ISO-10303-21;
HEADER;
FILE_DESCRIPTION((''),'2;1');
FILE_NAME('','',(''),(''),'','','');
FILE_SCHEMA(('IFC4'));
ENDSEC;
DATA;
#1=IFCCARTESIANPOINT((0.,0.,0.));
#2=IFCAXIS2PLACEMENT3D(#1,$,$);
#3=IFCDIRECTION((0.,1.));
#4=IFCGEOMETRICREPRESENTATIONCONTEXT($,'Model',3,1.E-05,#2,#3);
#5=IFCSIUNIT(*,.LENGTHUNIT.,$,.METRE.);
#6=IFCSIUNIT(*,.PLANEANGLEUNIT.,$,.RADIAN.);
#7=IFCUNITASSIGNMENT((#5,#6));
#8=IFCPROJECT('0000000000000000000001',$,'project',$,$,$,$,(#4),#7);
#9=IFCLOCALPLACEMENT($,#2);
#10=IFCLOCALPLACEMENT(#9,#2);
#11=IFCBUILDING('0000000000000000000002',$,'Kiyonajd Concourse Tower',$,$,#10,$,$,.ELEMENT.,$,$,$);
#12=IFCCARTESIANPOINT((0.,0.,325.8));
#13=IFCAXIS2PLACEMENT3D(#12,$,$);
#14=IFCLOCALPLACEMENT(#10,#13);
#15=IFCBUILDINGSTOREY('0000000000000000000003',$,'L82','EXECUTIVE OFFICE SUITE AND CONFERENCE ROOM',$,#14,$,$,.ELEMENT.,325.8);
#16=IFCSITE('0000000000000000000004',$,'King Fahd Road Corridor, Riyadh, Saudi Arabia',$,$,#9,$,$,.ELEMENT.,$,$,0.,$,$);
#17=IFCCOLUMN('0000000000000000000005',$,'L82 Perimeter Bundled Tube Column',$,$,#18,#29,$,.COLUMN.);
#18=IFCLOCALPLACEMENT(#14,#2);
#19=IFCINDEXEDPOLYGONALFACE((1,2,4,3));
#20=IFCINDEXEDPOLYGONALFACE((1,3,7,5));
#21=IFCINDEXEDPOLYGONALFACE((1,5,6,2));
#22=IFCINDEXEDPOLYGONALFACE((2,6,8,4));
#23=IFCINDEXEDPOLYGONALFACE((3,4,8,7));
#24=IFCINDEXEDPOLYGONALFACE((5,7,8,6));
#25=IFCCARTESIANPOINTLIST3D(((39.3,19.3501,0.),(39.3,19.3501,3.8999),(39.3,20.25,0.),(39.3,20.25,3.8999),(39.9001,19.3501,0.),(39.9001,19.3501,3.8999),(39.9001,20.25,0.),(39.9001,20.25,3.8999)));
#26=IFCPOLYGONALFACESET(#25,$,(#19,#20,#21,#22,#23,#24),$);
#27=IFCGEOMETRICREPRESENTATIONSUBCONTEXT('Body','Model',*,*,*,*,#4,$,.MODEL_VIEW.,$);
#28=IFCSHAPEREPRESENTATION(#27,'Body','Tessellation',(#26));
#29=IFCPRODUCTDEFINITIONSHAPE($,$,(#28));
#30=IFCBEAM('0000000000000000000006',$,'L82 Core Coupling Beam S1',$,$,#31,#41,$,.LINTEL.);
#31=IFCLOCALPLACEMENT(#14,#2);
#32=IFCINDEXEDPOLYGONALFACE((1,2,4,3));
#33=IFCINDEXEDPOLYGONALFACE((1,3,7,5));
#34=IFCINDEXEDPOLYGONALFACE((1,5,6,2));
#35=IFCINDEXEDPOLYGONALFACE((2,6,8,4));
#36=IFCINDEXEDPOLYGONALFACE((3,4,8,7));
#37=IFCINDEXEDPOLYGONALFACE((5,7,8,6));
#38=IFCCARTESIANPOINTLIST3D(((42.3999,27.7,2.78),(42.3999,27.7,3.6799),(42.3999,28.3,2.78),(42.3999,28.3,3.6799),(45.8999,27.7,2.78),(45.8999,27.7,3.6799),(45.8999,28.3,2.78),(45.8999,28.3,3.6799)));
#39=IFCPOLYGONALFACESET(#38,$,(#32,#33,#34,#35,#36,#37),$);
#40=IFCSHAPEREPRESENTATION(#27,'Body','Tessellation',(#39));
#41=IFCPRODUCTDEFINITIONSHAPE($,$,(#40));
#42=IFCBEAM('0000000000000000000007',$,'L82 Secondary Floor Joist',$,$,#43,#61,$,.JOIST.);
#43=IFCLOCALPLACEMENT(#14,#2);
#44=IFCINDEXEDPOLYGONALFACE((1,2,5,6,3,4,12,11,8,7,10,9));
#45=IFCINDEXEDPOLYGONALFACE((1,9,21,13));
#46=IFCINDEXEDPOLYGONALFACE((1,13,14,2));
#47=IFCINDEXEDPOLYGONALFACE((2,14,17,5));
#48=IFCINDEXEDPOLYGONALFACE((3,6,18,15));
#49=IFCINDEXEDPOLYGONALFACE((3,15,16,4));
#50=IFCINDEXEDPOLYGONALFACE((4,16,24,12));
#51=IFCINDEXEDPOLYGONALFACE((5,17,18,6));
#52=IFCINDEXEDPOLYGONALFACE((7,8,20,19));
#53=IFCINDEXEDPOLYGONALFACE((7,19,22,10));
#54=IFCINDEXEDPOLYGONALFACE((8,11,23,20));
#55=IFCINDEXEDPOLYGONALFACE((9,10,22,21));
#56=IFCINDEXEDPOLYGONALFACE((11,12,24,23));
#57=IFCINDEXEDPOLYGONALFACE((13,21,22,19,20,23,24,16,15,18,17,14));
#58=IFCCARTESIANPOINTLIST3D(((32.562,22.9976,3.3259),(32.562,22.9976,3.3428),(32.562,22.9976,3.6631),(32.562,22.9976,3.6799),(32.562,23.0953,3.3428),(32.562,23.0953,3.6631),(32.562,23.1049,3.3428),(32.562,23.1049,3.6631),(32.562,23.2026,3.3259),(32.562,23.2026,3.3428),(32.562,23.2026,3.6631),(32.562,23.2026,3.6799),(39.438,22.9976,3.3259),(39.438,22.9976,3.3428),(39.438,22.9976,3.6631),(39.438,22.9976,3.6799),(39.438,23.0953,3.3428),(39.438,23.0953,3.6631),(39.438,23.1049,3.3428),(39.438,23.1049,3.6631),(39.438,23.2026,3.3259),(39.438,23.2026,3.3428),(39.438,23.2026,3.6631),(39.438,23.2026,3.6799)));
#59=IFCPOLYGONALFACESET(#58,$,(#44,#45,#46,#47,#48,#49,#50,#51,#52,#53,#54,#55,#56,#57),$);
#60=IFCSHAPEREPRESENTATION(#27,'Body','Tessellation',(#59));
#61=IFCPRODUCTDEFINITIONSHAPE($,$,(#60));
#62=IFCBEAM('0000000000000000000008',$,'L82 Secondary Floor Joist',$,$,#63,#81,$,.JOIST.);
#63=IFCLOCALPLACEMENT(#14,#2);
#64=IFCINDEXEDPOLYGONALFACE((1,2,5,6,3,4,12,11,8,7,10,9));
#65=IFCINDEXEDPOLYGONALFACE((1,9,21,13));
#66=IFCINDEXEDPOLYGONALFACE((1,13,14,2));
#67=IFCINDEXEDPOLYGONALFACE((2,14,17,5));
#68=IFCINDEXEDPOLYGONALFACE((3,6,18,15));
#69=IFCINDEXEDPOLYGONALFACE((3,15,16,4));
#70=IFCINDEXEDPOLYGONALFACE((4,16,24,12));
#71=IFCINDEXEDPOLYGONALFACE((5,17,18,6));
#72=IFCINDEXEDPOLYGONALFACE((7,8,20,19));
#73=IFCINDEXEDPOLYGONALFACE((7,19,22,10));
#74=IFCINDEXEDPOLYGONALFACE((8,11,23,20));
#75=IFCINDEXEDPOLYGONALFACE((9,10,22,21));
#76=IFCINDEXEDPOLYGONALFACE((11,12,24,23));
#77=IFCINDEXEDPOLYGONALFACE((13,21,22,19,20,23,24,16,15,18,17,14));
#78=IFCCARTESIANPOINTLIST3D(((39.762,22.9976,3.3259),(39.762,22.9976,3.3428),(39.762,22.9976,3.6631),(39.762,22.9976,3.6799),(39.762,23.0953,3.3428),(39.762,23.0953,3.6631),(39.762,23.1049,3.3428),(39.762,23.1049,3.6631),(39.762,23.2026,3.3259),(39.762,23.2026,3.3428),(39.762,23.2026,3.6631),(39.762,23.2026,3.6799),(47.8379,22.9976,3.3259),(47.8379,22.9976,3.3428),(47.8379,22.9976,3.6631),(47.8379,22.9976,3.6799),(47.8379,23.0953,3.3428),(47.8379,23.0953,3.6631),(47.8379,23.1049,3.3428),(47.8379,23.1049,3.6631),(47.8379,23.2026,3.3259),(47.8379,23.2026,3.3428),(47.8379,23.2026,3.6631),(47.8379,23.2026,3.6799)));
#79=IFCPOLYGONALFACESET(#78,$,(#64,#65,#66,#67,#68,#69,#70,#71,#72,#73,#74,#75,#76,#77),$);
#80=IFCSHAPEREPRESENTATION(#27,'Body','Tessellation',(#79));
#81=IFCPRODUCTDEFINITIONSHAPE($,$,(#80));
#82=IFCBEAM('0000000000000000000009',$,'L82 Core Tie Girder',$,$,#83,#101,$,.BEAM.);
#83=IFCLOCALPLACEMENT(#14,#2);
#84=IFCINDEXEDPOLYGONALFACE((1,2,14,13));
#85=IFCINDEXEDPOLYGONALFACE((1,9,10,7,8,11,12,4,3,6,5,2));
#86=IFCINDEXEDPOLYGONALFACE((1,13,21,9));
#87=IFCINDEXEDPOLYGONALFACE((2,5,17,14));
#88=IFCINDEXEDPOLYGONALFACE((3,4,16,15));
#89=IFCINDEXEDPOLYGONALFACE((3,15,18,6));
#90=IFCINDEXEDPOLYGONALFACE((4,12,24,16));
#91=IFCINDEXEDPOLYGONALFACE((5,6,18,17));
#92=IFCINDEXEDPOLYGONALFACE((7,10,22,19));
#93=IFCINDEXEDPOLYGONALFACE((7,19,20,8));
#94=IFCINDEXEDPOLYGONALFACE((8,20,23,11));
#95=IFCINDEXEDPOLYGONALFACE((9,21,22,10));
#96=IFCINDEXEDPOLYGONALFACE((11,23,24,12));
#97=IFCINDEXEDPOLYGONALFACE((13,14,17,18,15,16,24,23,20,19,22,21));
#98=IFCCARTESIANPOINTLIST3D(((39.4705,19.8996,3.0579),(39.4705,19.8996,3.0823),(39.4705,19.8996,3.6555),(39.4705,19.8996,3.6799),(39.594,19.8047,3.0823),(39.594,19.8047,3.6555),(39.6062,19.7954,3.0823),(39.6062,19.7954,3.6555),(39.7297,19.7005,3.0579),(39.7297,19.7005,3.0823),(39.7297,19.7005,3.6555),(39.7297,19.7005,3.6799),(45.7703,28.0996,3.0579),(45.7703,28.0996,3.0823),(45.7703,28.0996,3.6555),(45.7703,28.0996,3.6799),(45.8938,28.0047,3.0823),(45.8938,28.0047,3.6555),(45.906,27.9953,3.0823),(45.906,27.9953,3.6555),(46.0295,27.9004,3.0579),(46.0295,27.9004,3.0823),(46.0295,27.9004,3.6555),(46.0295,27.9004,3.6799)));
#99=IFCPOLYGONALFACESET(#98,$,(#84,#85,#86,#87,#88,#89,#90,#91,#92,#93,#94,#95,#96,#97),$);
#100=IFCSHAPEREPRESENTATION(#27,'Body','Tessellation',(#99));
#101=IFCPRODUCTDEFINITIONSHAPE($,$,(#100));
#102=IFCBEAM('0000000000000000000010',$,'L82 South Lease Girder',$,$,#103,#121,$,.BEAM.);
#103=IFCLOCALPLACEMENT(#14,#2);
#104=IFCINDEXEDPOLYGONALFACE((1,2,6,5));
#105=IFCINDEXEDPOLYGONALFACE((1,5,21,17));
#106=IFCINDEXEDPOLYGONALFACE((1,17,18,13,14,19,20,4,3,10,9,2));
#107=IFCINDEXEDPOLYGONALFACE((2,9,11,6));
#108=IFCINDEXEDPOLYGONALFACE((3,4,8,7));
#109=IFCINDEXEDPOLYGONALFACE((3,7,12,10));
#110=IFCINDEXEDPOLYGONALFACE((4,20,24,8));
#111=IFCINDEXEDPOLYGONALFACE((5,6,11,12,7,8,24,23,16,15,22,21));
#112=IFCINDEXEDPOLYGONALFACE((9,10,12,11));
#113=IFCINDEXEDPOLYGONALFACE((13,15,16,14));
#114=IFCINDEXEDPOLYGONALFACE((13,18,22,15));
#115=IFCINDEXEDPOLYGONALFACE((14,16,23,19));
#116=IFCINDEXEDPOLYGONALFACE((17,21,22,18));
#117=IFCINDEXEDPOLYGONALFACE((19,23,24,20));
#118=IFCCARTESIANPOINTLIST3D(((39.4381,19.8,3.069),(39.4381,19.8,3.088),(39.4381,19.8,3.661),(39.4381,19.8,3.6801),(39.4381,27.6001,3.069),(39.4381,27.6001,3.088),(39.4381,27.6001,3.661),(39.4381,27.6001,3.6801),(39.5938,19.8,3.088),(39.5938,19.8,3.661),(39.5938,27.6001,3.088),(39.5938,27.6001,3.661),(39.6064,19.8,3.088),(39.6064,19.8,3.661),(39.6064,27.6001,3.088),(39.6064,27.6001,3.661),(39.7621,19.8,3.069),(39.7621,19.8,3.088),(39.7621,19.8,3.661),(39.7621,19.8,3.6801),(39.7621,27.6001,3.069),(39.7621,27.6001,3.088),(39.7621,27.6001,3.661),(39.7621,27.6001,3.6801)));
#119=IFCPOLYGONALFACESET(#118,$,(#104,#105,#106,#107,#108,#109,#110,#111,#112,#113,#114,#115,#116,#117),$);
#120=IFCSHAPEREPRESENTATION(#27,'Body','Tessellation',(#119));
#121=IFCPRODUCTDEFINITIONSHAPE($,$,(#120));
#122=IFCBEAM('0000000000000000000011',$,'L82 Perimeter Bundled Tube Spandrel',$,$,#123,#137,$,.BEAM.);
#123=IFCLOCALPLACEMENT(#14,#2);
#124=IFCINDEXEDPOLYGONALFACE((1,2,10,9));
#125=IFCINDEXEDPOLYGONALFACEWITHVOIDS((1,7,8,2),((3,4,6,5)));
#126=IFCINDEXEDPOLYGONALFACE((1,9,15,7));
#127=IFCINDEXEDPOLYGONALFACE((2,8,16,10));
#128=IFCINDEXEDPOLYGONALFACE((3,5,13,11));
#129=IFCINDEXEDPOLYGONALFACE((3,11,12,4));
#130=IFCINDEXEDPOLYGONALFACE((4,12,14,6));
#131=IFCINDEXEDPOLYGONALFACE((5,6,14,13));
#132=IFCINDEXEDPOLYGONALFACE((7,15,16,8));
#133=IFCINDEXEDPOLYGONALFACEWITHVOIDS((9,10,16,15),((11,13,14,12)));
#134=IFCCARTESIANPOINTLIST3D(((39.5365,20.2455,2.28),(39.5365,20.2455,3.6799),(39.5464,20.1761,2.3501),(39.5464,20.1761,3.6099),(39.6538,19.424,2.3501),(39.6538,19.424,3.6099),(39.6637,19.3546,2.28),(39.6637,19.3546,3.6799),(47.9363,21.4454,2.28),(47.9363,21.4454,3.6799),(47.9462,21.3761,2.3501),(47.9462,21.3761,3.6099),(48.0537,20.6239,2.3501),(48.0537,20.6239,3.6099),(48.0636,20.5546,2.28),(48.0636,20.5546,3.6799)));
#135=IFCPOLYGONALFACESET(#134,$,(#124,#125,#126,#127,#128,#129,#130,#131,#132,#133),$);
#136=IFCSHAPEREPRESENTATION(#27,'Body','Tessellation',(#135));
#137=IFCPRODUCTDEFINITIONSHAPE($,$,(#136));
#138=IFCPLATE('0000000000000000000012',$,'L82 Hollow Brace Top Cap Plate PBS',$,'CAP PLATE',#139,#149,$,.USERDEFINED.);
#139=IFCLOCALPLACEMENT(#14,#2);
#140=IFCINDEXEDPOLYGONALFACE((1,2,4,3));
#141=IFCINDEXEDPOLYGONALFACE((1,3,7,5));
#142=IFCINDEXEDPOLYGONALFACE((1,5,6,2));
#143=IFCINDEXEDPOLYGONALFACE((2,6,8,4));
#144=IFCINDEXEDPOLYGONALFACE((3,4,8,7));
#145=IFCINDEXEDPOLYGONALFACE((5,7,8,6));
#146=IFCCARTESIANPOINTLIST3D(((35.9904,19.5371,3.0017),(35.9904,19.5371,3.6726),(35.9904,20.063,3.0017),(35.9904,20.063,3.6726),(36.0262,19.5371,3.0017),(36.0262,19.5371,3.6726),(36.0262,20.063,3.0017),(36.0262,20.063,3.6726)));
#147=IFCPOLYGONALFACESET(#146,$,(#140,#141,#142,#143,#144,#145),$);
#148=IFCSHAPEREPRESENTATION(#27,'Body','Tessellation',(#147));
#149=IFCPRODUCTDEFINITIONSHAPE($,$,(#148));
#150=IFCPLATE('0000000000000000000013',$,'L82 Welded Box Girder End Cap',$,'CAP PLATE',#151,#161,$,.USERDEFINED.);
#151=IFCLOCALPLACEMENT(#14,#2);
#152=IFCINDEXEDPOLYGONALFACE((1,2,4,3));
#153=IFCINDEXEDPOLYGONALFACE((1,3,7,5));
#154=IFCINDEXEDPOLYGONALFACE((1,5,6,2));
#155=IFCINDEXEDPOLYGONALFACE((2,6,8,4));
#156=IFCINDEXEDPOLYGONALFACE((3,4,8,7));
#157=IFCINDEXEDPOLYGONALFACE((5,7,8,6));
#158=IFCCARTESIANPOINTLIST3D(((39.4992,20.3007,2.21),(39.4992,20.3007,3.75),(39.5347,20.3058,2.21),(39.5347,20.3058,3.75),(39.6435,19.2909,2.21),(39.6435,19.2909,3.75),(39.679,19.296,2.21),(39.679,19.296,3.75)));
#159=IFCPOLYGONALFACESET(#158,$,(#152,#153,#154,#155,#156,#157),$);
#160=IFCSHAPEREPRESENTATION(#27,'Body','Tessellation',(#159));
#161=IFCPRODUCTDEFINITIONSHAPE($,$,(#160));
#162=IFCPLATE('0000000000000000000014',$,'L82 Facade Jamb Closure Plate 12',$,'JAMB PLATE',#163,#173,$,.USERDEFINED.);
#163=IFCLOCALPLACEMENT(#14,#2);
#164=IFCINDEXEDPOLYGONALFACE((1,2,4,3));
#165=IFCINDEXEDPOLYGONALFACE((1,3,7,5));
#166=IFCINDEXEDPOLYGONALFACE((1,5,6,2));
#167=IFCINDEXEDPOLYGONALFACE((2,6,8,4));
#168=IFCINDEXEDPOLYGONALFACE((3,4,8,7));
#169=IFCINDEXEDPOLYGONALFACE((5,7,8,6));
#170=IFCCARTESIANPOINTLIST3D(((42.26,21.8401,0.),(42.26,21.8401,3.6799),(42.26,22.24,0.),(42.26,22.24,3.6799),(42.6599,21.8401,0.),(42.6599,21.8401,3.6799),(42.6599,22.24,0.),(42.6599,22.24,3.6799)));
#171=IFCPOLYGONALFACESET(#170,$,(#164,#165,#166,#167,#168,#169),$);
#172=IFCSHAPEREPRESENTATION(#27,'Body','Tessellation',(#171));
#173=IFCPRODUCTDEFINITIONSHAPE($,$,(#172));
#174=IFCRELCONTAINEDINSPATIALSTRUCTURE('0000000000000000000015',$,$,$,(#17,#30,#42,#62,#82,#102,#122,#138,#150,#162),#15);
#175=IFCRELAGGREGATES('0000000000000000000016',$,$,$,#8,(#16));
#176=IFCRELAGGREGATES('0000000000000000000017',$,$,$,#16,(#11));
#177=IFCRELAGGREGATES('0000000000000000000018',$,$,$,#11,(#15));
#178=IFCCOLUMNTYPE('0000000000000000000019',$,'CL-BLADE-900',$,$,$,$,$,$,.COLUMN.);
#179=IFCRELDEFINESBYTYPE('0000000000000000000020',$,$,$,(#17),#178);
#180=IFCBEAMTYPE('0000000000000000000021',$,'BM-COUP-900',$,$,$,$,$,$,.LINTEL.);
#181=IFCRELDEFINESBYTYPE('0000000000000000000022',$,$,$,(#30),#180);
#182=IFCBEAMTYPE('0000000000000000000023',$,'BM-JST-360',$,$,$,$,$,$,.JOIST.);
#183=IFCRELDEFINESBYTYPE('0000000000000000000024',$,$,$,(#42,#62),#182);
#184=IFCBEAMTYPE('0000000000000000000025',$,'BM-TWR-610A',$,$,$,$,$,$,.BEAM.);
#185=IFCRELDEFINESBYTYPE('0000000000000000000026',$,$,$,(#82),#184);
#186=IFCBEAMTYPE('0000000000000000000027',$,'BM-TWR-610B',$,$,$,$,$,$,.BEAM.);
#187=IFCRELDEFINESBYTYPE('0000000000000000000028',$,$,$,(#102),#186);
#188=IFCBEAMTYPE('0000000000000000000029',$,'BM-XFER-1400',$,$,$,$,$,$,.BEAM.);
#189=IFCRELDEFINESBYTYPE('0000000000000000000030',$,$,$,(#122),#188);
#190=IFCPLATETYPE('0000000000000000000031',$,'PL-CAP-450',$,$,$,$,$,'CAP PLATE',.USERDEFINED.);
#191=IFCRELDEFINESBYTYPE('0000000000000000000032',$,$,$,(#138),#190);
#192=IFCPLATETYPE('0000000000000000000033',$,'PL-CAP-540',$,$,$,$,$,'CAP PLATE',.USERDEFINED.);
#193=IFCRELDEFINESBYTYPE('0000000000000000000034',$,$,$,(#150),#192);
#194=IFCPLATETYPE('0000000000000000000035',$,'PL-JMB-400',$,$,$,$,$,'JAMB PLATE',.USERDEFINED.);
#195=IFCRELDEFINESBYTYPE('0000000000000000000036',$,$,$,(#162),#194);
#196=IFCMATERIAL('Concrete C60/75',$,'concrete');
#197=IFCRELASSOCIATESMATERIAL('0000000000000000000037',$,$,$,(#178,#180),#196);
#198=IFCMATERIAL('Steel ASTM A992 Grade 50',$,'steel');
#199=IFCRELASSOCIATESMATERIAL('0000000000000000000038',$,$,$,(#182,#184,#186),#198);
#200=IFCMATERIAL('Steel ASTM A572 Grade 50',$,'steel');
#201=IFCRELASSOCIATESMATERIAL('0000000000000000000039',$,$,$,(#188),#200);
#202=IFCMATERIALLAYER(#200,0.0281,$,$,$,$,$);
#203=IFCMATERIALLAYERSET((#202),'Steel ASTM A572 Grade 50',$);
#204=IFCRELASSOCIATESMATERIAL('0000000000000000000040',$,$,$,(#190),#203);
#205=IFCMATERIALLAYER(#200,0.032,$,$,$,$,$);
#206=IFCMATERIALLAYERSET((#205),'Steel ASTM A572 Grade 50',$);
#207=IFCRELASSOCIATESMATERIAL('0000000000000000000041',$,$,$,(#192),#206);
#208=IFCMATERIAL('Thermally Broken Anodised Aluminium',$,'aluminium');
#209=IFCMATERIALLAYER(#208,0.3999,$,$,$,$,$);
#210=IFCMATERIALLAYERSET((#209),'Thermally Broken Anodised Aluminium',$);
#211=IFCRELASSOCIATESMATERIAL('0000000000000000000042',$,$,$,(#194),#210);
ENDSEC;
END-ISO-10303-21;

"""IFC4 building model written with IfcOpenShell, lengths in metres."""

from ifc_helpers import new_model, si_unit, direction, frame, origin, origin_2d, place, context, subcontext, project, spatial, rectangle, hollow_rectangle, i_section, extrude, material, layer, layer_set, material_profile, profile_set, type_object, element, save


model = new_model("IFC4")

# Units and contexts
model_context = context("Model", 3, precision=1e-05, world=origin(), true_north=direction((0.0, 1.0)))
body_context = subcontext(model_context, "Body", "Model", "MODEL_VIEW")
ifc_project = project(units=[si_unit("LENGTHUNIT", "METRE"), si_unit("PLANEANGLEUNIT", "RADIAN")], contexts=[model_context])

# Site, building, storey
site_placement = place(None, origin())
site = spatial("IfcSite", under=ifc_project, at=site_placement, Name="King Fahd Road Corridor, Riyadh, Saudi Arabia", CompositionType="ELEMENT", RefElevation=0.0)
building_placement = place(site_placement, origin())
building = spatial("IfcBuilding", under=site, at=building_placement, Name="Kiyonajd Concourse Tower", CompositionType="ELEMENT")
storey_placement = place(building_placement, frame((0.0, 0.0, 325.8)))
storey = spatial("IfcBuildingStorey", under=building, at=storey_placement, Name="L82", Description="EXECUTIVE OFFICE SUITE AND CONFERENCE ROOM", CompositionType="ELEMENT", Elevation=325.8)

# Column
ifc_material_1 = material(Name="Concrete C60/75", Category="concrete")
ifc_material_profile_1 = material_profile(ifc_material_1, rectangle(XDim=0.6001, YDim=0.8999, at=origin_2d()), Name="RC-900x600")
ifc_profile_set_1 = profile_set([ifc_material_profile_1], Name="Concrete C60/75")
column_type = type_object("IfcColumnType", Name="CL-BLADE-900", PredefinedType="COLUMN", material=ifc_profile_set_1)
column_placement = place(storey_placement, frame((39.6001, 19.8, 0.0), z_axis=(0.0, 0.0, 1.0), x_axis=(1.0, 0.0, 0.0)))
element("IfcColumn", 1, at=column_placement, inside=storey, type_object=column_type, Name="L82 Perimeter Bundled Tube Column", PredefinedType="COLUMN", context=body_context, shape_type="SweptSolid", body=[
    extrude(rectangle(XDim=0.6001, YDim=0.8999, at=origin_2d()), origin(), (0.0, 0.0, 1.0), 3.8999),
])

# Beams
ifc_material_profile_2 = material_profile(ifc_material_1, rectangle(XDim=0.6001, YDim=0.8999, at=origin_2d()), Name="RCBM-600x900")
ifc_profile_set_2 = profile_set([ifc_material_profile_2], Name="Concrete C60/75")
beam_type_1 = type_object("IfcBeamType", Name="BM-COUP-900", PredefinedType="LINTEL", material=ifc_profile_set_2)
beam_1_placement = place(storey_placement, frame((42.3999, 28.0, 3.23), z_axis=(1.0, 0.0, 0.0), x_axis=(0.0, 1.0, 0.0)))
element("IfcBeam", 2, at=beam_1_placement, inside=storey, type_object=beam_type_1, Name="L82 Core Coupling Beam S1", PredefinedType="LINTEL", context=body_context, shape_type="SweptSolid", body=[
    extrude(rectangle(XDim=0.6001, YDim=0.8999, at=origin_2d()), origin(), (0.0, 0.0, 1.0), 3.5),
])
ifc_material_2 = material(Name="Steel ASTM A992 Grade 50", Category="steel")
ifc_material_profile_3 = material_profile(ifc_material_2, i_section(OverallWidth=0.2051, OverallDepth=0.354, WebThickness=0.0095, FlangeThickness=0.0168, at=origin_2d()), Name="W360X79")
ifc_profile_set_3 = profile_set([ifc_material_profile_3], Name="Steel ASTM A992 Grade 50")
beam_type_2 = type_object("IfcBeamType", Name="BM-JST-360", PredefinedType="JOIST", material=ifc_profile_set_3)
beam_2_placement = place(storey_placement, frame((32.562, 23.1001, 3.5029), z_axis=(1.0, 0.0, 0.0), x_axis=(0.0, 1.0, 0.0)))
element("IfcBeam", 3, at=beam_2_placement, inside=storey, type_object=beam_type_2, Name="L82 Secondary Floor Joist", PredefinedType="JOIST", context=body_context, shape_type="SweptSolid", body=[
    extrude(i_section(OverallWidth=0.2051, OverallDepth=0.354, WebThickness=0.0095, FlangeThickness=0.0168, at=origin_2d()), origin(), (0.0, 0.0, 1.0), 6.876),
])
beam_3_placement = place(storey_placement, frame((39.762, 23.1001, 3.5029), z_axis=(1.0, 0.0, 0.0), x_axis=(0.0, 1.0, 0.0)))
element("IfcBeam", 4, at=beam_3_placement, inside=storey, type_object=beam_type_2, Name="L82 Secondary Floor Joist", PredefinedType="JOIST", context=body_context, shape_type="SweptSolid", body=[
    extrude(i_section(OverallWidth=0.2051, OverallDepth=0.354, WebThickness=0.0095, FlangeThickness=0.0168, at=origin_2d()), origin(), (0.0, 0.0, 1.0), 8.0759),
])
ifc_material_profile_4 = material_profile(ifc_material_2, i_section(OverallWidth=0.3269, OverallDepth=0.6221, WebThickness=0.0154, FlangeThickness=0.0244, at=origin_2d()), Name="W610X195")
ifc_profile_set_4 = profile_set([ifc_material_profile_4], Name="Steel ASTM A992 Grade 50")
beam_type_3 = type_object("IfcBeamType", Name="BM-TWR-610A", PredefinedType="BEAM", material=ifc_profile_set_4)
beam_4_placement = place(storey_placement, frame((39.6001, 19.8, 3.3689), z_axis=(0.609234, 0.792991, 0.0), x_axis=(-0.792991, 0.609234, 0.0)))
element("IfcBeam", 5, at=beam_4_placement, inside=storey, type_object=beam_type_3, Name="L82 Core Tie Girder", PredefinedType="BEAM", context=body_context, shape_type="SweptSolid", body=[
    extrude(i_section(OverallWidth=0.3269, OverallDepth=0.6221, WebThickness=0.0154, FlangeThickness=0.0244, at=origin_2d()), origin(), (0.0, 0.0, 1.0), 10.3406),
])
ifc_material_profile_5 = material_profile(ifc_material_2, i_section(OverallWidth=0.324, OverallDepth=0.6111, WebThickness=0.0127, FlangeThickness=0.019, at=origin_2d()), Name="W610X155")
ifc_profile_set_5 = profile_set([ifc_material_profile_5], Name="Steel ASTM A992 Grade 50")
beam_type_4 = type_object("IfcBeamType", Name="BM-TWR-610B", PredefinedType="BEAM", material=ifc_profile_set_5)
beam_5_placement = place(storey_placement, frame((39.6001, 19.8, 3.3745), z_axis=(0.0, 1.0, 0.0), x_axis=(-1.0, 0.0, 0.0)))
element("IfcBeam", 6, at=beam_5_placement, inside=storey, type_object=beam_type_4, Name="L82 South Lease Girder", PredefinedType="BEAM", context=body_context, shape_type="SweptSolid", body=[
    extrude(i_section(OverallWidth=0.324, OverallDepth=0.6111, WebThickness=0.0127, FlangeThickness=0.019, at=origin_2d()), origin(), (0.0, 0.0, 1.0), 7.8),
])
ifc_material_3 = material(Name="Steel ASTM A572 Grade 50", Category="steel")
ifc_material_profile_6 = material_profile(ifc_material_3, hollow_rectangle(XDim=0.8999, YDim=1.3999, WallThickness=0.0701, at=origin_2d()), Name="BOX-1400x900x70")
ifc_profile_set_6 = profile_set([ifc_material_profile_6], Name="Steel ASTM A572 Grade 50")
beam_type_5 = type_object("IfcBeamType", Name="BM-XFER-1400", PredefinedType="BEAM", material=ifc_profile_set_6)
beam_6_placement = place(storey_placement, frame((39.6001, 19.8, 2.98), z_axis=(0.98995, 0.141417, 0.0), x_axis=(-0.141417, 0.98995, 0.0)))
element("IfcBeam", 7, at=beam_6_placement, inside=storey, type_object=beam_type_5, Name="L82 Perimeter Bundled Tube Spandrel", PredefinedType="BEAM", context=body_context, shape_type="SweptSolid", body=[
    extrude(hollow_rectangle(XDim=0.8999, YDim=1.3999, WallThickness=0.0701, at=origin_2d()), origin(), (0.0, 0.0, 1.0), 8.4851),
])

# Plates
ifc_layer_1 = layer(ifc_material_3, 0.0281)
ifc_layer_set_1 = layer_set([ifc_layer_1], Name="Steel ASTM A572 Grade 50")
plate_type_1 = type_object("IfcPlateType", Name="PL-CAP-450", ElementType="CAP PLATE", PredefinedType="USERDEFINED", material=ifc_layer_set_1)
plate_1_placement = place(storey_placement, frame((36.0083, 19.8, 3.0017), z_axis=(0.0, 0.0, 1.0), x_axis=(1.0, 0.0, 0.0)))
element("IfcPlate", 8, at=plate_1_placement, inside=storey, type_object=plate_type_1, Name="L82 Hollow Brace Top Cap Plate PBS", ObjectType="CAP PLATE", PredefinedType="USERDEFINED", context=body_context, shape_type="SweptSolid", body=[
    extrude(rectangle(XDim=0.0359, YDim=0.5259, at=origin_2d()), origin(), (0.0, 0.0, 1.0), 0.6709),
])
ifc_layer_2 = layer(ifc_material_3, 0.032)
ifc_layer_set_2 = layer_set([ifc_layer_2], Name="Steel ASTM A572 Grade 50")
plate_type_2 = type_object("IfcPlateType", Name="PL-CAP-540", ElementType="CAP PLATE", PredefinedType="USERDEFINED", material=ifc_layer_set_2)
plate_2_placement = place(storey_placement, frame((39.5891, 19.7983, 2.21), z_axis=(0.0, 0.0, 1.0), x_axis=(-0.98995, -0.14142, 0.0)))
element("IfcPlate", 9, at=plate_2_placement, inside=storey, type_object=plate_type_2, Name="L82 Welded Box Girder End Cap", ObjectType="CAP PLATE", PredefinedType="USERDEFINED", context=body_context, shape_type="SweptSolid", body=[
    extrude(rectangle(XDim=0.0359, YDim=1.02, at=origin_2d()), origin(), (0.0, 0.0, 1.0), 1.54),
])
ifc_material_4 = material(Name="Thermally Broken Anodised Aluminium", Category="aluminium")
ifc_layer_3 = layer(ifc_material_4, 0.3999)
ifc_layer_set_3 = layer_set([ifc_layer_3], Name="Thermally Broken Anodised Aluminium")
plate_type_3 = type_object("IfcPlateType", Name="PL-JMB-400", ElementType="JAMB PLATE", PredefinedType="USERDEFINED", material=ifc_layer_set_3)
plate_3_placement = place(storey_placement, frame((42.46, 22.04, 0.0), z_axis=(0.0, 0.0, 1.0), x_axis=(1.0, 0.0, 0.0)))
element("IfcPlate", 10, at=plate_3_placement, inside=storey, type_object=plate_type_3, Name="L82 Facade Jamb Closure Plate 12", ObjectType="JAMB PLATE", PredefinedType="USERDEFINED", context=body_context, shape_type="SweptSolid", body=[
    extrude(rectangle(XDim=0.3999, YDim=0.3999, at=origin_2d()), origin(), (0.0, 0.0, 1.0), 3.6799),
])

save(model, "model.ifc")
